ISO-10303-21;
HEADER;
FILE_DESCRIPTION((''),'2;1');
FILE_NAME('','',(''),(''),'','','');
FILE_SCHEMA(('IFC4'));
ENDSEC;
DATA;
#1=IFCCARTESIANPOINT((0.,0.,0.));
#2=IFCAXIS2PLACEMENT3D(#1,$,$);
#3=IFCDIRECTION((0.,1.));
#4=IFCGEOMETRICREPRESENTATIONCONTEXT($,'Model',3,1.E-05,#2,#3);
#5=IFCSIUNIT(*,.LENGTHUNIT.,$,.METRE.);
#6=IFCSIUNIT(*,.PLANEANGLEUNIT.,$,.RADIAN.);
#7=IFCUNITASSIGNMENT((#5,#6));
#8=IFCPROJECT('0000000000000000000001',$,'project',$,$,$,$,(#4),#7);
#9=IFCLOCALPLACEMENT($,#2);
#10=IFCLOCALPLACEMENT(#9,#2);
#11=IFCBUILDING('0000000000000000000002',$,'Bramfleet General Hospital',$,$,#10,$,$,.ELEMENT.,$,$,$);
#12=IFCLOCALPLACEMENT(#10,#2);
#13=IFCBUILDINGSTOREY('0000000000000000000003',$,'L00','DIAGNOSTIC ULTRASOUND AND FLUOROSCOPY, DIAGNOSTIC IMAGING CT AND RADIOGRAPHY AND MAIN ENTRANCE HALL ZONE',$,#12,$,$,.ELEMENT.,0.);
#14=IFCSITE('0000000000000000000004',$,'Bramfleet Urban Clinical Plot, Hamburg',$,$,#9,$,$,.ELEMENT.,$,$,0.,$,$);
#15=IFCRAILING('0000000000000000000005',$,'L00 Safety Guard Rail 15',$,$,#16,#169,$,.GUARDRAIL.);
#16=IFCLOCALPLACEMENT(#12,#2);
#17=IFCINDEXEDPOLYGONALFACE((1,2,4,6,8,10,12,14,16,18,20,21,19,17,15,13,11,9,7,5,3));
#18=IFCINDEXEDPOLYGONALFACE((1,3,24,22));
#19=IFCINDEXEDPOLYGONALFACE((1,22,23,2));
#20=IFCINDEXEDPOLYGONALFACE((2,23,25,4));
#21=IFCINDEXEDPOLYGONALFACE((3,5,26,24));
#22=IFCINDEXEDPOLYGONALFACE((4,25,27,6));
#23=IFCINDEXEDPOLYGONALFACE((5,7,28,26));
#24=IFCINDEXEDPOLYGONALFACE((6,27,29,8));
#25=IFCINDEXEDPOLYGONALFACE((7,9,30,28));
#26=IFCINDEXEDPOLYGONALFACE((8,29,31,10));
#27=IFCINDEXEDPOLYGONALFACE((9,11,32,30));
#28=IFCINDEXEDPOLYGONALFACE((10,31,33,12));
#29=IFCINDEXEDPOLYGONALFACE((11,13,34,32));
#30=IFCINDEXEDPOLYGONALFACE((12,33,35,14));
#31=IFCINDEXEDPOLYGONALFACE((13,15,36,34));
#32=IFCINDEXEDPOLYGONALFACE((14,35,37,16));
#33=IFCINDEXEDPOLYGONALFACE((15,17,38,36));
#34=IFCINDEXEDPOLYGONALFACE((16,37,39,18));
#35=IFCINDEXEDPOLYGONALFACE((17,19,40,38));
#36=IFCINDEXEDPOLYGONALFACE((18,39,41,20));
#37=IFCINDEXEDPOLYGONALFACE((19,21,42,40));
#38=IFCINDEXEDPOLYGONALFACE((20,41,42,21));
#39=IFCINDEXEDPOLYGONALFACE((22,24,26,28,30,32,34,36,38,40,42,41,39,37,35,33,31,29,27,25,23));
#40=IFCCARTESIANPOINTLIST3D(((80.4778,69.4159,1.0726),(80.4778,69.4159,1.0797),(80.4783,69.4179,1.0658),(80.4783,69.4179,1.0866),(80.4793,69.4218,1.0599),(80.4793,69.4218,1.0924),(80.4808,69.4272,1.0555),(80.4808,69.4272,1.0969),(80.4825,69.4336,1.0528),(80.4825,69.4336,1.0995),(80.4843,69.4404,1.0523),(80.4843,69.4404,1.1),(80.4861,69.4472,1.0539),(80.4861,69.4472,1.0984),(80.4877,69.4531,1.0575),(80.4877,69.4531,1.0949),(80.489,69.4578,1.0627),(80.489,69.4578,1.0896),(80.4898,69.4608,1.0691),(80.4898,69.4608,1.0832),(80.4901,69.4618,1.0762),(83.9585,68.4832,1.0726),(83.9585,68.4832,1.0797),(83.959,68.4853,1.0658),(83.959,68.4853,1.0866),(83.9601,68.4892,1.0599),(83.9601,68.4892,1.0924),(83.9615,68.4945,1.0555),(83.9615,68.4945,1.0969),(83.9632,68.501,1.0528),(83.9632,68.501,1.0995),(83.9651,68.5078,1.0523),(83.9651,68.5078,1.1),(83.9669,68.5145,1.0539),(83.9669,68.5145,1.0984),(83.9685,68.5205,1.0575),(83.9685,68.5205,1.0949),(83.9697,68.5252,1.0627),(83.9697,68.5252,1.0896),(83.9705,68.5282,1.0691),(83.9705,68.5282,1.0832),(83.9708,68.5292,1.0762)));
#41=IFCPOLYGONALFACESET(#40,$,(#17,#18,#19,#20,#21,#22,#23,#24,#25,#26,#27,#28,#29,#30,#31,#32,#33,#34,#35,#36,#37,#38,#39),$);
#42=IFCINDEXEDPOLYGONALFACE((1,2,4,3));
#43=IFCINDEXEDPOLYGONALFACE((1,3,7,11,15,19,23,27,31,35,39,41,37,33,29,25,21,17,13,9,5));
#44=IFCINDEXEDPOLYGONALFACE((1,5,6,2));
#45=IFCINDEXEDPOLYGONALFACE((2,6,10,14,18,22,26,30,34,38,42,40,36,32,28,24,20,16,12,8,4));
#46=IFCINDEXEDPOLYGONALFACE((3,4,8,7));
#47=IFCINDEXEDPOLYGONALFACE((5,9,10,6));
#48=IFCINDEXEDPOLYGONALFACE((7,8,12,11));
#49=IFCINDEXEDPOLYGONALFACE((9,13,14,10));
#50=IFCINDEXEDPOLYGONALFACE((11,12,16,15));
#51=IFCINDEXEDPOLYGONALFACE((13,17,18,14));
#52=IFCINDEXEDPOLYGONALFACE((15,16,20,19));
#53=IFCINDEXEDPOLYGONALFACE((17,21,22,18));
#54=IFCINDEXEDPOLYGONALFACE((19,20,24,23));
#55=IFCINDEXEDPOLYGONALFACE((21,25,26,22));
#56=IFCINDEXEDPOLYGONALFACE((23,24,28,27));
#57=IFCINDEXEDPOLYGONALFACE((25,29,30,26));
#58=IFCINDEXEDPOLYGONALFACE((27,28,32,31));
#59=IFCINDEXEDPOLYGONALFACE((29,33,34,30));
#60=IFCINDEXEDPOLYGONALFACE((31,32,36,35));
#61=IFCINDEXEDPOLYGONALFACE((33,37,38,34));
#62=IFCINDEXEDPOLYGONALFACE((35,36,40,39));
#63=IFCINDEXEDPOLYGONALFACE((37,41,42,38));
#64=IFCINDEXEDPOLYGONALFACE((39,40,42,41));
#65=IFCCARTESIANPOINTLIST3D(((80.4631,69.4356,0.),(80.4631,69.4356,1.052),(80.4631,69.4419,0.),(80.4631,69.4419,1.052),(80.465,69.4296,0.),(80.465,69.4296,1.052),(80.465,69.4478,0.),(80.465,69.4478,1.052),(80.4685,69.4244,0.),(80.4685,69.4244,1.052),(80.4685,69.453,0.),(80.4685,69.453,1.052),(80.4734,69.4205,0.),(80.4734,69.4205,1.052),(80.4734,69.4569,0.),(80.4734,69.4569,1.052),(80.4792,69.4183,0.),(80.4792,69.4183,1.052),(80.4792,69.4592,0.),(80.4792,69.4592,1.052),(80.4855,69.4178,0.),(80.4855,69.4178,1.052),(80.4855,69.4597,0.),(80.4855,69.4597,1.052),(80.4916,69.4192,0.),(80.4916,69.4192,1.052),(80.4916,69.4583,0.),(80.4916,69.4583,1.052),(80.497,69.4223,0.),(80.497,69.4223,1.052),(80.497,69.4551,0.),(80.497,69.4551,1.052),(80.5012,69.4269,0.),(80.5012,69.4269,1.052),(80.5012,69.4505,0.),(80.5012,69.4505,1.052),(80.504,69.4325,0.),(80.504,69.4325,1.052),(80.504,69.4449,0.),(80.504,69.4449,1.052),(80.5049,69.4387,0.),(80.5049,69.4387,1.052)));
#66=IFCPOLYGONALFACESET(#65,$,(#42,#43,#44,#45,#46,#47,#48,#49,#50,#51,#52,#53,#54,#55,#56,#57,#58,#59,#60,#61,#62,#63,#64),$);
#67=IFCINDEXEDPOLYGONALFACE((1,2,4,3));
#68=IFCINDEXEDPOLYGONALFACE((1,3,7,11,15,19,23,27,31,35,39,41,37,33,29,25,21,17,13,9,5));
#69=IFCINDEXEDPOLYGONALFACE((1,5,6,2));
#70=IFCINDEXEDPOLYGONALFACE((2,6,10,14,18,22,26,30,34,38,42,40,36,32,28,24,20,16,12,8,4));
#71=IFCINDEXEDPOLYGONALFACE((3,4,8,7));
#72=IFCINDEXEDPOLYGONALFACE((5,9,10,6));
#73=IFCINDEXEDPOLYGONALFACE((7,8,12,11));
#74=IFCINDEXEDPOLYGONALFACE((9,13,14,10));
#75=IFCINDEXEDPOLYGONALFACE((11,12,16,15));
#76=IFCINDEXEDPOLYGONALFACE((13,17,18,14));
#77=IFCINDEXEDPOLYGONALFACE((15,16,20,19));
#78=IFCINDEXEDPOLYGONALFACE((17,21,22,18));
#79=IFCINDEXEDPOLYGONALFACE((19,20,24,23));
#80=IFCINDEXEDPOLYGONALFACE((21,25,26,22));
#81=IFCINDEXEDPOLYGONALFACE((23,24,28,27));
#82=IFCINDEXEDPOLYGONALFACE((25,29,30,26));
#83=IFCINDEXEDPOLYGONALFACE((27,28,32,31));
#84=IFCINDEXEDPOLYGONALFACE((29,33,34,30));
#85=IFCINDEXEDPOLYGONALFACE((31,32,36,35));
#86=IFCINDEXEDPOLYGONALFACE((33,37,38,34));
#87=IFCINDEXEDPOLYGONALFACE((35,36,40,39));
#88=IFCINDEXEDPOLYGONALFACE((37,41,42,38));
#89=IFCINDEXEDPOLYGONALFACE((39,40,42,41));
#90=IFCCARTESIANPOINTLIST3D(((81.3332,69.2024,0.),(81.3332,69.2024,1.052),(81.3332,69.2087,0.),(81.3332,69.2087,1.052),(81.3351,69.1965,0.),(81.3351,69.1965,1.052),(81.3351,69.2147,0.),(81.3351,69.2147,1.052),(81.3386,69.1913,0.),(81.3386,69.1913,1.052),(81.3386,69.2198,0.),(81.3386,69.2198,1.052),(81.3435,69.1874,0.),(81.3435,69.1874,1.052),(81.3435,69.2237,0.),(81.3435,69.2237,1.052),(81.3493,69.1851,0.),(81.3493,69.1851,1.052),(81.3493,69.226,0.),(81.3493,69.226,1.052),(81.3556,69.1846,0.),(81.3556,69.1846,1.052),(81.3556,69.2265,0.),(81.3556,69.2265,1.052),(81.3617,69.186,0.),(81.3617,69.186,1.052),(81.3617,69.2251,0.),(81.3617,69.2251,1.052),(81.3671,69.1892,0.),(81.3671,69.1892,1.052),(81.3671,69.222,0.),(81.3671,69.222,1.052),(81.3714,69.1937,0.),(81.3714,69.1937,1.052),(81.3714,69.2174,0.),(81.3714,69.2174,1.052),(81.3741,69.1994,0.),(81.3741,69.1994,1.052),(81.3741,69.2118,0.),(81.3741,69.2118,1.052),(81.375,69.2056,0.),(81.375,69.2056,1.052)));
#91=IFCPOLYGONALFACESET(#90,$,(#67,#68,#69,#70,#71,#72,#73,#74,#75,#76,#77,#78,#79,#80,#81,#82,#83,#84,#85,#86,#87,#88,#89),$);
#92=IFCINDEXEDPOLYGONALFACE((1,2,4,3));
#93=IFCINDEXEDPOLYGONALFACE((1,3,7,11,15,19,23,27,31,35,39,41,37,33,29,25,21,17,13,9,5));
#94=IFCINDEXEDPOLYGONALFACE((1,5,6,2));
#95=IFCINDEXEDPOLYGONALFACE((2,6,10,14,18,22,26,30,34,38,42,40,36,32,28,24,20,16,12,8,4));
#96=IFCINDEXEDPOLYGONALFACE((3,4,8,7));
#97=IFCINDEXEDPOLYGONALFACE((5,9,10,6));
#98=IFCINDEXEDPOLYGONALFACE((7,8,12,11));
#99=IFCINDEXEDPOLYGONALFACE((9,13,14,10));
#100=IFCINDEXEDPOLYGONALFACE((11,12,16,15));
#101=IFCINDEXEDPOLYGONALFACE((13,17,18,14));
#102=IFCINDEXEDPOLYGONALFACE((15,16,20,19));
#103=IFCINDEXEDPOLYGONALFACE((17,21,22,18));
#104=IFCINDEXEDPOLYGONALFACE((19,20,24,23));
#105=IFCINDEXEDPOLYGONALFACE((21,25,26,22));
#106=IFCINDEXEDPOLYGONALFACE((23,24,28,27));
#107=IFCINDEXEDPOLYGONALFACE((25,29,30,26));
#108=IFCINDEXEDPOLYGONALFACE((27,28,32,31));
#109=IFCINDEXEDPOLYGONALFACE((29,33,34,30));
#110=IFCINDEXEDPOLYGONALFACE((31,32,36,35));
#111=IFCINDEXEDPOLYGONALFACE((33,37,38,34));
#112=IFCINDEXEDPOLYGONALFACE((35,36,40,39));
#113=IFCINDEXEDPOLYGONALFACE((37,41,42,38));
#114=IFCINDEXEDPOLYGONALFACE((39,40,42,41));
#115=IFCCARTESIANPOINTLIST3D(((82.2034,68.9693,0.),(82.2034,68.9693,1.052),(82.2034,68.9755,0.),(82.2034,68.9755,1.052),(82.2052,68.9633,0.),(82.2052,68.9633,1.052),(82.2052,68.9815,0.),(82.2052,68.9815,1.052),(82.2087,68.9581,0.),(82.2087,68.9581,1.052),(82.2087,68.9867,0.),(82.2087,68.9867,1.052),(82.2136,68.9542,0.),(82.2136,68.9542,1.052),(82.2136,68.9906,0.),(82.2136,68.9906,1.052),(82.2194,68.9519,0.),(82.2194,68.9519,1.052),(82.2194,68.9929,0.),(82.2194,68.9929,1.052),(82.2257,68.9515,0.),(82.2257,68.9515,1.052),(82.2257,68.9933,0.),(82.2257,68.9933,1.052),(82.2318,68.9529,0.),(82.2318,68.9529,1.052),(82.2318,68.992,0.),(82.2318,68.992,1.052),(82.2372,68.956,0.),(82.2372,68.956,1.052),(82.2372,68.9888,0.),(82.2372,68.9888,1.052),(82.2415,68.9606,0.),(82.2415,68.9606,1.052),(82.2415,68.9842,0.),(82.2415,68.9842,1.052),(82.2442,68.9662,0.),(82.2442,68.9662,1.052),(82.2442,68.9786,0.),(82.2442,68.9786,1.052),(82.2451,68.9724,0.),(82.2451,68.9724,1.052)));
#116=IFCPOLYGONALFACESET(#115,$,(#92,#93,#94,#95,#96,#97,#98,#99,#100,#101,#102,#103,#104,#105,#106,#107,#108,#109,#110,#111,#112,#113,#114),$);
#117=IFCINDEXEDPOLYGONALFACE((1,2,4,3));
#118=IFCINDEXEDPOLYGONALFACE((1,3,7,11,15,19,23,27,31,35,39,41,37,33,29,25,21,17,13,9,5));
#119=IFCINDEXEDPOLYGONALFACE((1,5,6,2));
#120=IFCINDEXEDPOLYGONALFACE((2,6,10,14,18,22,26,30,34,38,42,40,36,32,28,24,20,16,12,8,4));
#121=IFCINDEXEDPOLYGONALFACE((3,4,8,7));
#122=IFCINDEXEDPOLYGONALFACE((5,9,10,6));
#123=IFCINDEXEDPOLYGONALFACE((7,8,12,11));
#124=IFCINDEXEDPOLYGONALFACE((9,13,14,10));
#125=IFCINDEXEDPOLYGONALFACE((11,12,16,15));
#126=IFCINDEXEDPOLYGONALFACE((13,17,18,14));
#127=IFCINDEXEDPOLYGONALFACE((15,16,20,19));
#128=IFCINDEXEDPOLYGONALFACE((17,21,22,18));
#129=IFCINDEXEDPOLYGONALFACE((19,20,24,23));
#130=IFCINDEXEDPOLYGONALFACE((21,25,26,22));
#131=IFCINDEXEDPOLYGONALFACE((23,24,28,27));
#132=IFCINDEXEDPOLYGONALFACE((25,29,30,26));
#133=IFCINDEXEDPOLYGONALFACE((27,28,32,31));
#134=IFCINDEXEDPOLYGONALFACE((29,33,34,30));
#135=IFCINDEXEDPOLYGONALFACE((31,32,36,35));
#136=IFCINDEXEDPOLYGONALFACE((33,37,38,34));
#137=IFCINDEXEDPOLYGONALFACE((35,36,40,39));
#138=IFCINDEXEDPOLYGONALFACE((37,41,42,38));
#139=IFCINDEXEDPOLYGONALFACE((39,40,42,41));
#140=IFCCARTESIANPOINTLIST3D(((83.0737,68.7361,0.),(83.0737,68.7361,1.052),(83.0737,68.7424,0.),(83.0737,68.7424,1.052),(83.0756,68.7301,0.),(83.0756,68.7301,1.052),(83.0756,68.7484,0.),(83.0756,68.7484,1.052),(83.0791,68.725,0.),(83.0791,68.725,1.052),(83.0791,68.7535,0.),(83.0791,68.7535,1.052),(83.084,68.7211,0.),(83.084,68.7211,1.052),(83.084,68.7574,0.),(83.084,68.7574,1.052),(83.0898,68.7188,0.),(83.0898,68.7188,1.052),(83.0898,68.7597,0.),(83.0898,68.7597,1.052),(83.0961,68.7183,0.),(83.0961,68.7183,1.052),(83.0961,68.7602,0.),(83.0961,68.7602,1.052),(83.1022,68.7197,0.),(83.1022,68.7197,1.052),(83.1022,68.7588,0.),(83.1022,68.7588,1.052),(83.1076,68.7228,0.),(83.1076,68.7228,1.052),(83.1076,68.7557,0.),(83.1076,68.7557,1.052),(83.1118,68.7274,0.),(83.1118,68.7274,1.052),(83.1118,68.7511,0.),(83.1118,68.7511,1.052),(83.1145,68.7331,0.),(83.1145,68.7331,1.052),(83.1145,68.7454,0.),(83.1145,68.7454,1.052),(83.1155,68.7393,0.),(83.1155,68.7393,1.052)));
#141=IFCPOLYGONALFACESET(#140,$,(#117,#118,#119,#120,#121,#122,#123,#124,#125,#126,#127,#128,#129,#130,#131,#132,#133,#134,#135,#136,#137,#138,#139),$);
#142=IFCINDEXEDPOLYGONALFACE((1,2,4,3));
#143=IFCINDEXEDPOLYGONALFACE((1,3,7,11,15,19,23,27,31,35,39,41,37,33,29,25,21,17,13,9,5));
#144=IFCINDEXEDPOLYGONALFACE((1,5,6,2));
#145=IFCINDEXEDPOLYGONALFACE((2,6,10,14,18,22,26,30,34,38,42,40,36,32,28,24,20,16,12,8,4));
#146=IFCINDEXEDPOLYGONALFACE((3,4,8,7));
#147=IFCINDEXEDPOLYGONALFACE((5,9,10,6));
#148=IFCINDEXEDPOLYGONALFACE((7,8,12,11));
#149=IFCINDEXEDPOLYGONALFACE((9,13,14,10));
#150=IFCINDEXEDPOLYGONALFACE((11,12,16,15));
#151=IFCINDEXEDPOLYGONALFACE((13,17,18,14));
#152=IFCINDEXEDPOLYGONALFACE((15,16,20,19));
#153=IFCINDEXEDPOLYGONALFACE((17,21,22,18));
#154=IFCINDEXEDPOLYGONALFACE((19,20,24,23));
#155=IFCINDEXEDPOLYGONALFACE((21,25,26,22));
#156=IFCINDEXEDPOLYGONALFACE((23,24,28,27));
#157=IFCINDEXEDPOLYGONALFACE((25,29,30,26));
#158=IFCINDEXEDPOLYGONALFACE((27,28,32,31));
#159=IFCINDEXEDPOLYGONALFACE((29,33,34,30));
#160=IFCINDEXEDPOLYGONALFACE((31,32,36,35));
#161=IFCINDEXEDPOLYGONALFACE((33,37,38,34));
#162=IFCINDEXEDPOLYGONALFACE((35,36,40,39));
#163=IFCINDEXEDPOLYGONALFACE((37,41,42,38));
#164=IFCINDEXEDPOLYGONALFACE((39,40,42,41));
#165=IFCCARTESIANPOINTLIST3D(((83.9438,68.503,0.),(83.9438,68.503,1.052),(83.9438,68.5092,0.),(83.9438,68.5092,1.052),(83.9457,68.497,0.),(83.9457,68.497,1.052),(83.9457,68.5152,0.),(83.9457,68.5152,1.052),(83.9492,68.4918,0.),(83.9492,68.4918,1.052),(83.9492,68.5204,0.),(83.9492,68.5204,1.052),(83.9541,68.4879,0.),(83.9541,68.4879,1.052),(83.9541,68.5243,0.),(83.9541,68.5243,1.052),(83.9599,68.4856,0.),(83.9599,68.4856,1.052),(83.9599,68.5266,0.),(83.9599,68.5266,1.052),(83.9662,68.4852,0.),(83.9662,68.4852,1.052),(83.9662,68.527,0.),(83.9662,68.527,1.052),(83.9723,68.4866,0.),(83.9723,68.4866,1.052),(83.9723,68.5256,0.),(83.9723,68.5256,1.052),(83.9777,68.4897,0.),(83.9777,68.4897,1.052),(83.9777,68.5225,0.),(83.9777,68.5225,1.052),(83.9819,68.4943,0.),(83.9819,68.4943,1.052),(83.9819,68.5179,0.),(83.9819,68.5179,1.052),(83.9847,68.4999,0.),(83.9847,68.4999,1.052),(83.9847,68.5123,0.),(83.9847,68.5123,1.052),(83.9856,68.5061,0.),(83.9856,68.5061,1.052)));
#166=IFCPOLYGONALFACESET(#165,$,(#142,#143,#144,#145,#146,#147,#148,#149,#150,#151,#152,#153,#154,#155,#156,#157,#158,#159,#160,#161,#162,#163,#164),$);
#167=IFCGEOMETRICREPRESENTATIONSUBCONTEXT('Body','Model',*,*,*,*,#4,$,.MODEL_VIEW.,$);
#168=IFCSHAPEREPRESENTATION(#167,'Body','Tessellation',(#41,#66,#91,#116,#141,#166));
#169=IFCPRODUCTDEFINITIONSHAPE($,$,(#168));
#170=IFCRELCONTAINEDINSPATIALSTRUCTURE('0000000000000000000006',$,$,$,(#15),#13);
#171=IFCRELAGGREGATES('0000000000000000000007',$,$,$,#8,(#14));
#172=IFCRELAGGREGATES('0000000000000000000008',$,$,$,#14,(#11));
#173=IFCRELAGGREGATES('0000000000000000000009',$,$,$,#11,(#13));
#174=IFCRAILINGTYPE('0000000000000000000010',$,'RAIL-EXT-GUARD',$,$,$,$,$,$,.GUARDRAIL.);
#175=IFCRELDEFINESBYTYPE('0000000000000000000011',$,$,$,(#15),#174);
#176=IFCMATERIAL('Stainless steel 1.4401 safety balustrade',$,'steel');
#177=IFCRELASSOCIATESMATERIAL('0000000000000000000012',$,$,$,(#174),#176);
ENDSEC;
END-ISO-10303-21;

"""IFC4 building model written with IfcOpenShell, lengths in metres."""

from ifc_helpers import new_model, si_unit, direction, frame, origin, origin_2d, place, context, subcontext, project, spatial, circle, extrude, material, type_object, element, save


model = new_model("IFC4")

# Units and contexts
model_context = context("Model", 3, precision=1e-05, world=origin(), true_north=direction((0.0, 1.0)))
body_context = subcontext(model_context, "Body", "Model", "MODEL_VIEW")
ifc_project = project(units=[si_unit("LENGTHUNIT", "METRE"), si_unit("PLANEANGLEUNIT", "RADIAN")], contexts=[model_context])

# Site, building, storey
site_placement = place(None, origin())
site = spatial("IfcSite", under=ifc_project, at=site_placement, Name="Bramfleet Urban Clinical Plot, Hamburg", CompositionType="ELEMENT", RefElevation=0.0)
building_placement = place(site_placement, origin())
building = spatial("IfcBuilding", under=site, at=building_placement, Name="Bramfleet General Hospital", CompositionType="ELEMENT")
storey_placement = place(building_placement, origin())
storey = spatial("IfcBuildingStorey", under=building, at=storey_placement, Name="L00", Description="DIAGNOSTIC ULTRASOUND AND FLUOROSCOPY, DIAGNOSTIC IMAGING CT AND RADIOGRAPHY AND MAIN ENTRANCE HALL ZONE", CompositionType="ELEMENT", Elevation=0.0)

# Railing
ifc_material_1 = material(Name="Stainless steel 1.4401 safety balustrade", Category="steel")
railing_type_1 = type_object("IfcRailingType", Name="RAIL-EXT-GUARD", PredefinedType="GUARDRAIL", material=ifc_material_1)
railing_1_placement = place(storey_placement, frame((80.4839, 69.4387, 0.0)))
element("IfcRailing", 1, at=railing_1_placement, inside=storey, type_object=railing_type_1, Name="L00 Safety Guard Rail 15", PredefinedType="GUARDRAIL", context=body_context, shape_type="SweptSolid", body=[
    extrude(circle(Radius=0.0239, at=origin_2d()), frame((0.0, 0.0, 1.0762), z_axis=(0.965928, -0.258809, 0.0), x_axis=(0.258809, 0.965928, 0.0)), (0.0, 0.0, 1.0), 3.6035),
    extrude(circle(Radius=0.021, at=origin_2d()), origin(), (0.0, 0.0, 1.0), 1.052),
    extrude(circle(Radius=0.021, at=origin_2d()), frame((0.8701, -0.2332, 0.0)), (0.0, 0.0, 1.0), 1.052),
    extrude(circle(Radius=0.021, at=origin_2d()), frame((1.7402, -0.4663, 0.0)), (0.0, 0.0, 1.0), 1.052),
    extrude(circle(Radius=0.021, at=origin_2d()), frame((2.6106, -0.6995, 0.0)), (0.0, 0.0, 1.0), 1.052),
    extrude(circle(Radius=0.021, at=origin_2d()), frame((3.4807, -0.9326, 0.0)), (0.0, 0.0, 1.0), 1.052),
])

save(model, "model.ifc")
